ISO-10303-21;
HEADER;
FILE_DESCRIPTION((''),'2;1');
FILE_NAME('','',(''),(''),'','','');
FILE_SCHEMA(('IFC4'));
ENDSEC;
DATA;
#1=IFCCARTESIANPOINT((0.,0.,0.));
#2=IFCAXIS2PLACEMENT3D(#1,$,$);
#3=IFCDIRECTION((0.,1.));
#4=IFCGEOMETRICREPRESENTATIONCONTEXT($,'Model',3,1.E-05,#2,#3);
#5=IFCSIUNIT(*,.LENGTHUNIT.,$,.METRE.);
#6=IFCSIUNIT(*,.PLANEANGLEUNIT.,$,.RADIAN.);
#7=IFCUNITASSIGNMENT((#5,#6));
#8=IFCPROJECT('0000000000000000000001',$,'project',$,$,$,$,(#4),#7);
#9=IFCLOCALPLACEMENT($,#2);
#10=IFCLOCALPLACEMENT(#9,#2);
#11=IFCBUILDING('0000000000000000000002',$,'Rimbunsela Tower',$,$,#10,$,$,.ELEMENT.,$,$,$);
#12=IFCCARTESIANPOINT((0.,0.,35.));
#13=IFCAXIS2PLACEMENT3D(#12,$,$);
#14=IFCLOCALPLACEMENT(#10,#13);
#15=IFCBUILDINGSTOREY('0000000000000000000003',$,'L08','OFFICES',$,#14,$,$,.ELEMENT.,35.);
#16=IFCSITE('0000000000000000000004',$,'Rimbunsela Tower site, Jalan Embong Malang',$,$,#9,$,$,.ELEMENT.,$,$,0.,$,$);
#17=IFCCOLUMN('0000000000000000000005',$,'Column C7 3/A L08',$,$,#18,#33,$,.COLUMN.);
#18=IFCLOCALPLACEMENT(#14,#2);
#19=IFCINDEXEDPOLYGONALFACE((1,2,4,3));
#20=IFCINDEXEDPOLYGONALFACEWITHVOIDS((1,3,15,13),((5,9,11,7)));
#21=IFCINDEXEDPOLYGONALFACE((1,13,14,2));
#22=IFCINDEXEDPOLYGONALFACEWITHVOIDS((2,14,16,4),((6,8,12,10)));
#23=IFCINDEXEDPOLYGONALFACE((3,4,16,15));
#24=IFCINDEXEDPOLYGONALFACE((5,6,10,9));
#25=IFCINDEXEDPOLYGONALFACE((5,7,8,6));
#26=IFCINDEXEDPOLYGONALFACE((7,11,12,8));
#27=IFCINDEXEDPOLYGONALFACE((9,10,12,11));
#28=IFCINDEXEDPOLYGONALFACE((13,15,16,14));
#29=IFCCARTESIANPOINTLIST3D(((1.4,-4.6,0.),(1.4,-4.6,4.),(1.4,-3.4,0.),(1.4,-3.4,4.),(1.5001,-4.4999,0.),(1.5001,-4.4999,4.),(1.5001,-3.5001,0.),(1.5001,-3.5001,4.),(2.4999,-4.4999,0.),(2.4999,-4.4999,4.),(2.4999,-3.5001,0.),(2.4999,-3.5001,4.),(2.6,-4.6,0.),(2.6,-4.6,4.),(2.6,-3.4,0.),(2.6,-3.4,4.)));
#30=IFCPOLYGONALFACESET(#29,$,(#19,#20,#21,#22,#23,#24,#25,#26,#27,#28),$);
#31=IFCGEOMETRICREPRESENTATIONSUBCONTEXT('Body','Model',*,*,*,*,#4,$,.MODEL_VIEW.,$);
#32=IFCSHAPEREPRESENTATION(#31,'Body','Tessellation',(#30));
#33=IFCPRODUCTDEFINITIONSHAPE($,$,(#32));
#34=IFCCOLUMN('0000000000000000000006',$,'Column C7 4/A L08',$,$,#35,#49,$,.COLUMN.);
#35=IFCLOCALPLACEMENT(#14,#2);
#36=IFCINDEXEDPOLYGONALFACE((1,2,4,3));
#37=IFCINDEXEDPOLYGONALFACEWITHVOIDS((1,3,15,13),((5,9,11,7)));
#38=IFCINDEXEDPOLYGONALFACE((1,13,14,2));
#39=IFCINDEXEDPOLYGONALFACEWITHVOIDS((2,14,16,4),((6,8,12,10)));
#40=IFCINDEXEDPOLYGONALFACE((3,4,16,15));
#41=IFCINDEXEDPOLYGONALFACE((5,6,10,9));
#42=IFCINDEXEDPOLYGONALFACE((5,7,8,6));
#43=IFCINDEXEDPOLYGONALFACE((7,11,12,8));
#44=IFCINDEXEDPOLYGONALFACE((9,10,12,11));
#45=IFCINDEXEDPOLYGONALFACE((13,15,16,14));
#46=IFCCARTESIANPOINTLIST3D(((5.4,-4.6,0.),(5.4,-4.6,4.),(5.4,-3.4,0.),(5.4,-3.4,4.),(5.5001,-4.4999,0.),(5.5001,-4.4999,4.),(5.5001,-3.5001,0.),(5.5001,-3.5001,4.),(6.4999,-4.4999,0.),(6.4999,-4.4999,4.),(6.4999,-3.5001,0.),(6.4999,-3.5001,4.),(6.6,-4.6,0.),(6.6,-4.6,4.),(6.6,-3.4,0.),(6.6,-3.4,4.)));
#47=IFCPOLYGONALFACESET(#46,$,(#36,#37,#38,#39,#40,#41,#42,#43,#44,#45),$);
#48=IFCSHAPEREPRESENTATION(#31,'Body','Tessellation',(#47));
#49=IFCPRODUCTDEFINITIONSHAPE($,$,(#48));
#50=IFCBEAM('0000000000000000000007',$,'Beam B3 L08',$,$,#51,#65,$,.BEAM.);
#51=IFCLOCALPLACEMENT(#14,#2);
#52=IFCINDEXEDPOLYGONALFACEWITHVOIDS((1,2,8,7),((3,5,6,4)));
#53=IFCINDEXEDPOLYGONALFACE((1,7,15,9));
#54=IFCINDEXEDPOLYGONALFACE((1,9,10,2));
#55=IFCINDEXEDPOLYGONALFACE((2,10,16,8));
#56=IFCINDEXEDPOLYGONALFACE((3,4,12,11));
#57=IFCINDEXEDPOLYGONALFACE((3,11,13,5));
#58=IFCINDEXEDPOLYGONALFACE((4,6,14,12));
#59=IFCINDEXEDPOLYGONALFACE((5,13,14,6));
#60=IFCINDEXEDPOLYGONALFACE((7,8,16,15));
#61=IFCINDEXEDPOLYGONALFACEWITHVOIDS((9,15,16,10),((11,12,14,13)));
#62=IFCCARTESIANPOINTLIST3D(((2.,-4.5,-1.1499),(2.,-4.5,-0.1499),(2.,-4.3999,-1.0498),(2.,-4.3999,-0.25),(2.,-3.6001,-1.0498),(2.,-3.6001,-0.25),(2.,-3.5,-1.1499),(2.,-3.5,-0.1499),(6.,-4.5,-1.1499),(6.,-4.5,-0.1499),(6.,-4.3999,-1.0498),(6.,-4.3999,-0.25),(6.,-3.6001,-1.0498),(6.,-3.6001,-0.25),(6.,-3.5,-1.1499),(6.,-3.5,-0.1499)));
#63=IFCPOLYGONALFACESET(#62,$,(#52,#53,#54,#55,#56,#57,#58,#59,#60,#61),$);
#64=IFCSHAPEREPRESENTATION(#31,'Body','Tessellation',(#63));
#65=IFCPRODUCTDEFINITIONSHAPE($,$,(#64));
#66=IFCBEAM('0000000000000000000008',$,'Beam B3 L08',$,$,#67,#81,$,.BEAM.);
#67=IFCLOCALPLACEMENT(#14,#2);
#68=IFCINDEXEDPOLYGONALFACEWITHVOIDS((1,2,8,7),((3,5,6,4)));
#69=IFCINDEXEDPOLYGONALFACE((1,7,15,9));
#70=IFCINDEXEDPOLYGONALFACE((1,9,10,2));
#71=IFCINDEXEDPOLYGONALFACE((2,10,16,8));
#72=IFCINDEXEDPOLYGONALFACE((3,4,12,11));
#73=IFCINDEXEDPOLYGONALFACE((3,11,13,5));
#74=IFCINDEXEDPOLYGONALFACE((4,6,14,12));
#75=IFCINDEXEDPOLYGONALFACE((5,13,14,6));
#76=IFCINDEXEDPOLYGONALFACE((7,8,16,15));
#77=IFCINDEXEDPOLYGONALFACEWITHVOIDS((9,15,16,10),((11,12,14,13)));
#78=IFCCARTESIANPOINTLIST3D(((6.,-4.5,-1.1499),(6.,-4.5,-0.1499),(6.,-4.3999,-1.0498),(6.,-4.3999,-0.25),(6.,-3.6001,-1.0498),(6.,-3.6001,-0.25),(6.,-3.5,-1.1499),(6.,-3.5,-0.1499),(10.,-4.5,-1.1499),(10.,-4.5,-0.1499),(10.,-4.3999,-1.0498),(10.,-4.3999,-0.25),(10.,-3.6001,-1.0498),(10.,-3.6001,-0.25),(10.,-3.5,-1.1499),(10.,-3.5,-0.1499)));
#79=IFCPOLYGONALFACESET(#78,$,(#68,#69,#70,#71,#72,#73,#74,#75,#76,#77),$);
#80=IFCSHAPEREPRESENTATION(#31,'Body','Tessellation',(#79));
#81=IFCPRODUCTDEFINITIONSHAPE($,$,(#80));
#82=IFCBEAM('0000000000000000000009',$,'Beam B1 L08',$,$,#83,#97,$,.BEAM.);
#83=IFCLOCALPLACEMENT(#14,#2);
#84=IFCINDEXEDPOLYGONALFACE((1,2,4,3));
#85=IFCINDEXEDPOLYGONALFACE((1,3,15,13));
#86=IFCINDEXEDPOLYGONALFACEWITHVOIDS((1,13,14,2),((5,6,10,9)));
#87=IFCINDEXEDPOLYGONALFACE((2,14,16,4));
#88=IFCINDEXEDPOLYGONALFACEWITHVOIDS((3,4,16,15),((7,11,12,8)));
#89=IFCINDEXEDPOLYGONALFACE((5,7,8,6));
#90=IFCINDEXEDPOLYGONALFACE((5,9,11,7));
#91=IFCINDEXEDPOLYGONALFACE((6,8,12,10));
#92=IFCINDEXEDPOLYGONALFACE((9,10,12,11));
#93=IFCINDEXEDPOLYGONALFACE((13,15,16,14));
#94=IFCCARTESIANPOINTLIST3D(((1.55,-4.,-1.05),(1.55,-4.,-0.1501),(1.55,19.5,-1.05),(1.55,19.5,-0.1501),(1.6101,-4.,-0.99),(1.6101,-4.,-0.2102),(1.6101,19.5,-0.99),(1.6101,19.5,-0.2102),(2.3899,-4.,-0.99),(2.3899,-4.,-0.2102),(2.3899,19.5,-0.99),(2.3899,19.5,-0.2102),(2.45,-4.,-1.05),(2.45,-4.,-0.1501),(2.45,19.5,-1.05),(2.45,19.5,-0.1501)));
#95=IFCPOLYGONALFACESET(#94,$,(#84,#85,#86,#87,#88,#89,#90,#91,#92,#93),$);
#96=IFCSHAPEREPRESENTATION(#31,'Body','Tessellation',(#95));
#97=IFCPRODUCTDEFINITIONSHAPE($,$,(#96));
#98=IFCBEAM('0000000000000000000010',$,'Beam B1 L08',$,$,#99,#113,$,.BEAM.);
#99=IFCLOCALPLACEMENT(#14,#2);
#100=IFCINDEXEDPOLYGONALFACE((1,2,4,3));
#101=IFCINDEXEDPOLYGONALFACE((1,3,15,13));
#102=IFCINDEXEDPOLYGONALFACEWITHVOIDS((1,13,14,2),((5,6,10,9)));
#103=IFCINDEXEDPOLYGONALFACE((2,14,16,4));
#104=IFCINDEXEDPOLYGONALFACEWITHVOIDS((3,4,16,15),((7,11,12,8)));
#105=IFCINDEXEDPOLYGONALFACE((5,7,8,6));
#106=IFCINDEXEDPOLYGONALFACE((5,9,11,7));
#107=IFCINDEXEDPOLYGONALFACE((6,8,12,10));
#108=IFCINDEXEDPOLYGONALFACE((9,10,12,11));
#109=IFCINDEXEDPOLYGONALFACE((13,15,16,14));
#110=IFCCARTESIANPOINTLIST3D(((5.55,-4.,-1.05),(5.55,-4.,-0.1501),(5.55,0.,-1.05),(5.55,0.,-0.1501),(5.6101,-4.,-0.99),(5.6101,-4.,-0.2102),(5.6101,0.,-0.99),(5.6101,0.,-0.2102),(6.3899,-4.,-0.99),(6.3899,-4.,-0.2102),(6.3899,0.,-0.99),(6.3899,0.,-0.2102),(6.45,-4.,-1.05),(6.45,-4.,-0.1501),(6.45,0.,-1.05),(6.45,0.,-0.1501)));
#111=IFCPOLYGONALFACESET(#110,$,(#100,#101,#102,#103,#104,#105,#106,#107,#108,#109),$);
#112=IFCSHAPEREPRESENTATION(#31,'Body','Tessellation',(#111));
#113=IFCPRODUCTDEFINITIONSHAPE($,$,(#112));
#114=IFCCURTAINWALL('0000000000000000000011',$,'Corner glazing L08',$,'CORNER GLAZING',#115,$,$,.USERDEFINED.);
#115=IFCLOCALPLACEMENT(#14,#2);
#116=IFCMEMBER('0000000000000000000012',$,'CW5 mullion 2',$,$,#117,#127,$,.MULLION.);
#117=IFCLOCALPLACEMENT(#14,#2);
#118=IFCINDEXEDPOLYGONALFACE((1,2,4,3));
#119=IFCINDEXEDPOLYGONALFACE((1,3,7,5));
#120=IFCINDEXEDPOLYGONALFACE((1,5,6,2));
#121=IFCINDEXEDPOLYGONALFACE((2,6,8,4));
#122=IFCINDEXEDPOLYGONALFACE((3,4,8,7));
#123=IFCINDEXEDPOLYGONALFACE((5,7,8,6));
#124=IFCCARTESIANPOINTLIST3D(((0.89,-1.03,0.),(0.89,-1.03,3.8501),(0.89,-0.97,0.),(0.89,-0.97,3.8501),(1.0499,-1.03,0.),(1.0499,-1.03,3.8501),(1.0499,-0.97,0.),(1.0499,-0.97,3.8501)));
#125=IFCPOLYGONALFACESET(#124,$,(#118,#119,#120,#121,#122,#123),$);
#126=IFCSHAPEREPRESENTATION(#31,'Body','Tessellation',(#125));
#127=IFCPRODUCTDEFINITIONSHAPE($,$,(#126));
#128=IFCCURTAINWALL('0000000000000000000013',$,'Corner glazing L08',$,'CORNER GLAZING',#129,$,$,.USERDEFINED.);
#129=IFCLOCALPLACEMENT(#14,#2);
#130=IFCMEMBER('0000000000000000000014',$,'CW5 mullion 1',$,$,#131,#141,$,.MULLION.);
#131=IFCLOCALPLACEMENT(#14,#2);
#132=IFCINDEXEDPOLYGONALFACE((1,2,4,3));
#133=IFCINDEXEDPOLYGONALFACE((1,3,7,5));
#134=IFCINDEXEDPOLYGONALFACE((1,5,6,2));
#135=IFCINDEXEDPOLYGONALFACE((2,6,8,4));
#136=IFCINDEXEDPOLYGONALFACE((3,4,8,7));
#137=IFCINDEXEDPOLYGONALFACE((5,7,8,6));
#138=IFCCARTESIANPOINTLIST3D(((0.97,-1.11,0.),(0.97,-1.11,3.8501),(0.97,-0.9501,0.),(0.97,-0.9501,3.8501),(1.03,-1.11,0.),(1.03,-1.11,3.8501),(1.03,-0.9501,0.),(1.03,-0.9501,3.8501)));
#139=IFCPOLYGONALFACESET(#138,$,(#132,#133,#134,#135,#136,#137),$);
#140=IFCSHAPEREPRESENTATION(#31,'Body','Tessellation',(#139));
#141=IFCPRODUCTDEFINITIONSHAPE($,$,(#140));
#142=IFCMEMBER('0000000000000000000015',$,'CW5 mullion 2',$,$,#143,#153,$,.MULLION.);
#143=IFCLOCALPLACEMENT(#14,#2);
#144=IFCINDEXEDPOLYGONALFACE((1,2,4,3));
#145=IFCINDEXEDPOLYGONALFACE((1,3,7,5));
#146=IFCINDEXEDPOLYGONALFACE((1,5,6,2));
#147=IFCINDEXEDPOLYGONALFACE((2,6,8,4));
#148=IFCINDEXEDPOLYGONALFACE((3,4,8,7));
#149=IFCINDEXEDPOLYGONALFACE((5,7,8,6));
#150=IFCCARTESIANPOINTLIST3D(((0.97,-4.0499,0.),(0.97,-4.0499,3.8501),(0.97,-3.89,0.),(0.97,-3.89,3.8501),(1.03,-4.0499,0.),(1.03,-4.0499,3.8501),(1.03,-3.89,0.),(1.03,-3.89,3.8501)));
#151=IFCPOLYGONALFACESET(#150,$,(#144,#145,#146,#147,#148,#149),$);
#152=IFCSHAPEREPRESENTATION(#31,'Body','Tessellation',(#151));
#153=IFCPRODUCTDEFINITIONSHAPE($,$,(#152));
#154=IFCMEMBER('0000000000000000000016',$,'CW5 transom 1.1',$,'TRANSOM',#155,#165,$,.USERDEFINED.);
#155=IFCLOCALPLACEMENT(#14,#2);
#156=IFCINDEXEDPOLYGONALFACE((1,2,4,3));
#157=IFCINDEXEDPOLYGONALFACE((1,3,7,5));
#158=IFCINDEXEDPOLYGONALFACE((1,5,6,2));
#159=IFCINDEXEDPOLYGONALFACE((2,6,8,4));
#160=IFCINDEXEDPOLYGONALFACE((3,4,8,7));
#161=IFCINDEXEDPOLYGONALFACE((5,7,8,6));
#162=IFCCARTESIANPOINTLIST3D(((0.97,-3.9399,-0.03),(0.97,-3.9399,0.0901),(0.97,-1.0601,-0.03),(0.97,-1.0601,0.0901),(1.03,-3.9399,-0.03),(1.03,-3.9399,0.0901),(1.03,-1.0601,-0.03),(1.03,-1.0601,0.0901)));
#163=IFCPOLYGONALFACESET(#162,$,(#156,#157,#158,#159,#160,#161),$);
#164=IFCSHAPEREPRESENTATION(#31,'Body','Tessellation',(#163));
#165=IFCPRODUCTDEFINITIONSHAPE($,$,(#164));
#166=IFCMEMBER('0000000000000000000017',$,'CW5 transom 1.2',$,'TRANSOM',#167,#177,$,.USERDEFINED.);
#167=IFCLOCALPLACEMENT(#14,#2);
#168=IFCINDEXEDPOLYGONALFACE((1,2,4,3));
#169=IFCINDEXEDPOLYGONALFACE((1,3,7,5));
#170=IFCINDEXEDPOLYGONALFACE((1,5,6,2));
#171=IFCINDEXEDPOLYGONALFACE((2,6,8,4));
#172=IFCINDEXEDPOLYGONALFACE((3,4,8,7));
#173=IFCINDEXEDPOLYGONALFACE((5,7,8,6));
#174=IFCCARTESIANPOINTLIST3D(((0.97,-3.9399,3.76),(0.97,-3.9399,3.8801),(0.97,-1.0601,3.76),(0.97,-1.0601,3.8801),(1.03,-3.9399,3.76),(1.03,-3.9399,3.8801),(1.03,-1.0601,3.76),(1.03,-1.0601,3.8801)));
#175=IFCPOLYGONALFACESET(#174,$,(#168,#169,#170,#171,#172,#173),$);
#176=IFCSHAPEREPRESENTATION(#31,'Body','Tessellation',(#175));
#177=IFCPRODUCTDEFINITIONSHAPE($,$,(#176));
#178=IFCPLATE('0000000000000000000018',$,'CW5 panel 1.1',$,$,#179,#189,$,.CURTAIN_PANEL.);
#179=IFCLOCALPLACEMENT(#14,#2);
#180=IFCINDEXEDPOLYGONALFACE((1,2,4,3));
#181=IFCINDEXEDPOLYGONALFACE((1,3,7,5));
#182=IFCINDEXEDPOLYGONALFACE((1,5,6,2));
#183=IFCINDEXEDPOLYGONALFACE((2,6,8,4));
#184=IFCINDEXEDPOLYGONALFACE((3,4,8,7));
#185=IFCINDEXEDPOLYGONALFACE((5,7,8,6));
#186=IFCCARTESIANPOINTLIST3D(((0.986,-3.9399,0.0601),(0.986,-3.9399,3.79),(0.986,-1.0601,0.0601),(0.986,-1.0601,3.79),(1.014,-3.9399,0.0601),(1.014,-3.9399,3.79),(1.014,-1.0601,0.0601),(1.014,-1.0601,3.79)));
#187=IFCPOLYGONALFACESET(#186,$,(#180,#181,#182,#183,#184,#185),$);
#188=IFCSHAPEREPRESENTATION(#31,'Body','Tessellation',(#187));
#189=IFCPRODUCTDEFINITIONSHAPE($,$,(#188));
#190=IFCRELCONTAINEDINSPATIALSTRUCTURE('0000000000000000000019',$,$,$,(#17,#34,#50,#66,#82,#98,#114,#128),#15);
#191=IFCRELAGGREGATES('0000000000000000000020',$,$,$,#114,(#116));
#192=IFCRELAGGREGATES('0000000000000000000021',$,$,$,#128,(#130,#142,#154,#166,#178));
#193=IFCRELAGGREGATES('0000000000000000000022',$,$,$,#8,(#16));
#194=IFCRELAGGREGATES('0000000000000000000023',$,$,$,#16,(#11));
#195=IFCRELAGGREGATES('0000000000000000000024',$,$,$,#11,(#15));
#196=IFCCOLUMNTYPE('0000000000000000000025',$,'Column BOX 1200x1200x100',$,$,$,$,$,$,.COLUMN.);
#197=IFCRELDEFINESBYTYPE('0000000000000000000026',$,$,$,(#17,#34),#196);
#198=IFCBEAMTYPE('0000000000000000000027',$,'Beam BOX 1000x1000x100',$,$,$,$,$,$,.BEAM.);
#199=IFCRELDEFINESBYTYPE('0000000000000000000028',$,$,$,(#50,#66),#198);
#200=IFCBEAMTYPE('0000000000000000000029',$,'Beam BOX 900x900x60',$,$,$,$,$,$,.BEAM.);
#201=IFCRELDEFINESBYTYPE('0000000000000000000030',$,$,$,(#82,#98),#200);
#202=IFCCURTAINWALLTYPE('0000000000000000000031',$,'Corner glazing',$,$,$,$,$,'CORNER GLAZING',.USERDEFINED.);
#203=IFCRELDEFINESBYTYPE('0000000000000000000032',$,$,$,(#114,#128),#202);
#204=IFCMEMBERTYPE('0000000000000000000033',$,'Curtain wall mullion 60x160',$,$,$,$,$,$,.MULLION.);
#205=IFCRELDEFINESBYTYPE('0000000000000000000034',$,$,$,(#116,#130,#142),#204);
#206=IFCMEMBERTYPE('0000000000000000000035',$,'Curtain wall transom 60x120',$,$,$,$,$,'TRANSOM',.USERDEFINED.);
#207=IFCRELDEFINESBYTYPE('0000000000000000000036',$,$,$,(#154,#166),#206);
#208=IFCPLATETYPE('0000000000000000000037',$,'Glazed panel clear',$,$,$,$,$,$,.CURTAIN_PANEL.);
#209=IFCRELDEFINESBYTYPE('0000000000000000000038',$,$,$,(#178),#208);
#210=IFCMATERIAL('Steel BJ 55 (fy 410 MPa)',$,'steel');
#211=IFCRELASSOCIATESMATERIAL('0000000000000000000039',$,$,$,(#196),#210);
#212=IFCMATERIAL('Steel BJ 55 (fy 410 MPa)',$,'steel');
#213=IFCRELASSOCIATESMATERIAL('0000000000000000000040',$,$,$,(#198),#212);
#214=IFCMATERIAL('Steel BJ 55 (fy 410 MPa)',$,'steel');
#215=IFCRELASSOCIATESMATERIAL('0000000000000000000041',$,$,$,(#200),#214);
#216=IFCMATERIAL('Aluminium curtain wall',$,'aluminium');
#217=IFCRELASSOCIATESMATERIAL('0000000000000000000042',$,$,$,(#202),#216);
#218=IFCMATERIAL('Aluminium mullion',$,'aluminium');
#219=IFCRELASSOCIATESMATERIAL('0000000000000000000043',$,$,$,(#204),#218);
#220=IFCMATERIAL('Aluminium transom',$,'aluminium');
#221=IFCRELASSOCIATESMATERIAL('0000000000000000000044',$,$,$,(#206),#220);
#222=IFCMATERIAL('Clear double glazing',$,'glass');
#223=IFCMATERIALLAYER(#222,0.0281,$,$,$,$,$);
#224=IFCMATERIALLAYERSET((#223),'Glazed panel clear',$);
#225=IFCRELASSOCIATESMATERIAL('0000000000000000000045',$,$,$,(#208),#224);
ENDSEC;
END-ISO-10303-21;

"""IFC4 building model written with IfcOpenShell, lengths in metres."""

from ifc_helpers import new_model, si_unit, direction, frame, origin, origin_2d, place, context, subcontext, project, spatial, rectangle, hollow_rectangle, extrude, material, layer, layer_set, material_profile, profile_set, type_object, element, aggregate, save


model = new_model("IFC4")

# Units and contexts
model_context = context("Model", 3, precision=1e-05, world=origin(), true_north=direction((0.0, 1.0)))
body_context = subcontext(model_context, "Body", "Model", "MODEL_VIEW")
ifc_project = project(units=[si_unit("LENGTHUNIT", "METRE"), si_unit("PLANEANGLEUNIT", "RADIAN")], contexts=[model_context])

# Site, building, storey
site_placement = place(None, origin())
site = spatial("IfcSite", under=ifc_project, at=site_placement, Name="Rimbunsela Tower site, Jalan Embong Malang", CompositionType="ELEMENT", RefElevation=0.0)
building_placement = place(site_placement, origin())
building = spatial("IfcBuilding", under=site, at=building_placement, Name="Rimbunsela Tower", CompositionType="ELEMENT")
storey_placement = place(building_placement, frame((0.0, 0.0, 35.0)))
storey = spatial("IfcBuildingStorey", under=building, at=storey_placement, Name="L08", Description="OFFICES", CompositionType="ELEMENT", Elevation=35.0)

# Columns
ifc_material_1 = material(Name="Steel BJ 55 (fy 410 MPa)", Category="steel")
ifc_material_profile_1 = material_profile(ifc_material_1, hollow_rectangle(XDim=1.2, YDim=1.2, WallThickness=0.1001, at=origin_2d()), Name="BOX 1200x1200x100")
ifc_profile_set_1 = profile_set([ifc_material_profile_1], Name="Steel BJ 55 (fy 410 MPa)")
column_type = type_object("IfcColumnType", Name="Column BOX 1200x1200x100", PredefinedType="COLUMN", material=ifc_profile_set_1)
for number, where, z_axis, x_axis, name in (
    (1, (2.0, -4.0, 0.0), (0.0, 0.0, 1.0), (1.0, 0.0, 0.0), "Column C7 3/A L08"),
    (2, (6.0, -4.0, 0.0), (0.0, 0.0, 1.0), (1.0, 0.0, 0.0), "Column C7 4/A L08"),
):
    element("IfcColumn", number, at=place(storey_placement, frame(where, z_axis=z_axis, x_axis=x_axis)), inside=storey, type_object=column_type, Name=name, PredefinedType="COLUMN", context=body_context, shape_type="SweptSolid", body=[
        extrude(hollow_rectangle(XDim=1.2, YDim=1.2, WallThickness=0.1001, at=origin_2d()), origin(), (0.0, 0.0, 1.0), 4.0),
    ])

# Beams
ifc_material_2 = material(Name="Steel BJ 55 (fy 410 MPa)", Category="steel")
ifc_material_profile_2 = material_profile(ifc_material_2, hollow_rectangle(XDim=1.0, YDim=1.0, WallThickness=0.1001, at=origin_2d()), Name="BOX 1000x1000x100")
ifc_profile_set_2 = profile_set([ifc_material_profile_2], Name="Steel BJ 55 (fy 410 MPa)")
beam_type_1 = type_object("IfcBeamType", Name="Beam BOX 1000x1000x100", PredefinedType="BEAM", material=ifc_profile_set_2)
for number, where, z_axis, x_axis, name in (
    (3, (2.0, -4.0, -0.6499), (1.0, 0.0, 0.0), (0.0, 1.0, 0.0), "Beam B3 L08"),
    (4, (6.0, -4.0, -0.6499), (1.0, 0.0, 0.0), (0.0, 1.0, 0.0), "Beam B3 L08"),
):
    element("IfcBeam", number, at=place(storey_placement, frame(where, z_axis=z_axis, x_axis=x_axis)), inside=storey, type_object=beam_type_1, Name=name, PredefinedType="BEAM", context=body_context, shape_type="SweptSolid", body=[
        extrude(hollow_rectangle(XDim=1.0, YDim=1.0, WallThickness=0.1001, at=origin_2d()), origin(), (0.0, 0.0, 1.0), 4.0),
    ])
ifc_material_3 = material(Name="Steel BJ 55 (fy 410 MPa)", Category="steel")
ifc_material_profile_3 = material_profile(ifc_material_3, hollow_rectangle(XDim=0.8999, YDim=0.8999, WallThickness=0.0601, at=origin_2d()), Name="BOX 900x900x60")
ifc_profile_set_3 = profile_set([ifc_material_profile_3], Name="Steel BJ 55 (fy 410 MPa)")
beam_type_2 = type_object("IfcBeamType", Name="Beam BOX 900x900x60", PredefinedType="BEAM", material=ifc_profile_set_3)
beam_1_placement = place(storey_placement, frame((2.0, -4.0, -0.6001), z_axis=(0.0, 1.0, 0.0), x_axis=(-1.0, 0.0, 0.0)))
element("IfcBeam", 5, at=beam_1_placement, inside=storey, type_object=beam_type_2, Name="Beam B1 L08", PredefinedType="BEAM", context=body_context, shape_type="SweptSolid", body=[
    extrude(hollow_rectangle(XDim=0.8999, YDim=0.8999, WallThickness=0.0601, at=origin_2d()), origin(), (0.0, 0.0, 1.0), 23.5),
])
beam_2_placement = place(storey_placement, frame((6.0, -4.0, -0.6001), z_axis=(0.0, 1.0, 0.0), x_axis=(-1.0, 0.0, 0.0)))
element("IfcBeam", 6, at=beam_2_placement, inside=storey, type_object=beam_type_2, Name="Beam B1 L08", PredefinedType="BEAM", context=body_context, shape_type="SweptSolid", body=[
    extrude(hollow_rectangle(XDim=0.8999, YDim=0.8999, WallThickness=0.0601, at=origin_2d()), origin(), (0.0, 0.0, 1.0), 4.0),
])

# Curtain wall, member
ifc_material_4 = material(Name="Aluminium curtain wall", Category="aluminium")
curtain_wall_type = type_object("IfcCurtainWallType", Name="Corner glazing", ElementType="CORNER GLAZING", PredefinedType="USERDEFINED", material=ifc_material_4)
curtain_wall_1_placement = place(storey_placement, origin())
curtain_wall_1 = element("IfcCurtainWall", 7, at=curtain_wall_1_placement, inside=storey, type_object=curtain_wall_type, Name="Corner glazing L08", ObjectType="CORNER GLAZING", PredefinedType="USERDEFINED")
ifc_material_5 = material(Name="Aluminium mullion", Category="aluminium")
ifc_material_profile_4 = material_profile(ifc_material_5, rectangle(XDim=0.0601, YDim=0.1599, at=origin_2d()), Name="Mullion 60x160")
ifc_profile_set_4 = profile_set([ifc_material_profile_4], Name="Aluminium mullion")
member_type_1 = type_object("IfcMemberType", Name="Curtain wall mullion 60x160", PredefinedType="MULLION", material=ifc_profile_set_4)
member_1_placement = place(storey_placement, frame((0.97, -1.0, 0.0), z_axis=(0.0, 0.0, 1.0), x_axis=(0.0, 1.0, 0.0)))
member_1 = element("IfcMember", 8, at=member_1_placement, type_object=member_type_1, Name="CW5 mullion 2", PredefinedType="MULLION", context=body_context, shape_type="SweptSolid", body=[
    extrude(rectangle(XDim=0.0601, YDim=0.1599, at=origin_2d()), origin(), (0.0, 0.0, 1.0), 3.8501),
])
aggregate(curtain_wall_1, [member_1])

# Curtain wall, members, plate
curtain_wall_2_placement = place(storey_placement, origin())
curtain_wall_2 = element("IfcCurtainWall", 9, at=curtain_wall_2_placement, inside=storey, type_object=curtain_wall_type, Name="Corner glazing L08", ObjectType="CORNER GLAZING", PredefinedType="USERDEFINED")
member_2_placement = place(storey_placement, frame((1.0, -1.03, 0.0), z_axis=(0.0, 0.0, 1.0), x_axis=(1.0, 0.0, 0.0)))
member_2 = element("IfcMember", 10, at=member_2_placement, type_object=member_type_1, Name="CW5 mullion 1", PredefinedType="MULLION", context=body_context, shape_type="SweptSolid", body=[
    extrude(rectangle(XDim=0.0601, YDim=0.1599, at=origin_2d()), origin(), (0.0, 0.0, 1.0), 3.8501),
])
member_3_placement = place(storey_placement, frame((1.0, -3.97, 0.0), z_axis=(0.0, 0.0, 1.0), x_axis=(1.0, 0.0, 0.0)))
member_3 = element("IfcMember", 11, at=member_3_placement, type_object=member_type_1, Name="CW5 mullion 2", PredefinedType="MULLION", context=body_context, shape_type="SweptSolid", body=[
    extrude(rectangle(XDim=0.0601, YDim=0.1599, at=origin_2d()), origin(), (0.0, 0.0, 1.0), 3.8501),
])
ifc_material_6 = material(Name="Aluminium transom", Category="aluminium")
ifc_material_profile_5 = material_profile(ifc_material_6, rectangle(XDim=0.0601, YDim=0.1201, at=origin_2d()), Name="Transom 60x120")
ifc_profile_set_5 = profile_set([ifc_material_profile_5], Name="Aluminium transom")
member_type_2 = type_object("IfcMemberType", Name="Curtain wall transom 60x120", ElementType="TRANSOM", PredefinedType="USERDEFINED", material=ifc_profile_set_5)
member_4_placement = place(storey_placement, frame((1.0, -1.0601, 0.03), z_axis=(0.0, -1.0, 0.0), x_axis=(1.0, 0.0, 0.0)))
member_4 = element("IfcMember", 12, at=member_4_placement, type_object=member_type_2, Name="CW5 transom 1.1", ObjectType="TRANSOM", PredefinedType="USERDEFINED", context=body_context, shape_type="SweptSolid", body=[
    extrude(rectangle(XDim=0.0601, YDim=0.1201, at=origin_2d()), origin(), (0.0, 0.0, 1.0), 2.8799),
])
member_5_placement = place(storey_placement, frame((1.0, -1.0601, 3.8201), z_axis=(0.0, -1.0, 0.0), x_axis=(1.0, 0.0, 0.0)))
member_5 = element("IfcMember", 13, at=member_5_placement, type_object=member_type_2, Name="CW5 transom 1.2", ObjectType="TRANSOM", PredefinedType="USERDEFINED", context=body_context, shape_type="SweptSolid", body=[
    extrude(rectangle(XDim=0.0601, YDim=0.1201, at=origin_2d()), origin(), (0.0, 0.0, 1.0), 2.8799),
])
ifc_material_7 = material(Name="Clear double glazing", Category="glass")
ifc_layer_1 = layer(ifc_material_7, 0.0281)
ifc_layer_set_1 = layer_set([ifc_layer_1], Name="Glazed panel clear")
plate_type = type_object("IfcPlateType", Name="Glazed panel clear", PredefinedType="CURTAIN_PANEL", material=ifc_layer_set_1)
plate_placement = place(storey_placement, frame((1.0, -2.5, 0.0601), z_axis=(0.0, 0.0, 1.0), x_axis=(0.0, -1.0, 0.0)))
plate = element("IfcPlate", 14, at=plate_placement, type_object=plate_type, Name="CW5 panel 1.1", PredefinedType="CURTAIN_PANEL", context=body_context, shape_type="SweptSolid", body=[
    extrude(rectangle(XDim=2.8799, YDim=0.0281, at=origin_2d()), origin(), (0.0, 0.0, 1.0), 3.73),
])
aggregate(curtain_wall_2, [member_2, member_3, member_4, member_5, plate])

save(model, "model.ifc")
